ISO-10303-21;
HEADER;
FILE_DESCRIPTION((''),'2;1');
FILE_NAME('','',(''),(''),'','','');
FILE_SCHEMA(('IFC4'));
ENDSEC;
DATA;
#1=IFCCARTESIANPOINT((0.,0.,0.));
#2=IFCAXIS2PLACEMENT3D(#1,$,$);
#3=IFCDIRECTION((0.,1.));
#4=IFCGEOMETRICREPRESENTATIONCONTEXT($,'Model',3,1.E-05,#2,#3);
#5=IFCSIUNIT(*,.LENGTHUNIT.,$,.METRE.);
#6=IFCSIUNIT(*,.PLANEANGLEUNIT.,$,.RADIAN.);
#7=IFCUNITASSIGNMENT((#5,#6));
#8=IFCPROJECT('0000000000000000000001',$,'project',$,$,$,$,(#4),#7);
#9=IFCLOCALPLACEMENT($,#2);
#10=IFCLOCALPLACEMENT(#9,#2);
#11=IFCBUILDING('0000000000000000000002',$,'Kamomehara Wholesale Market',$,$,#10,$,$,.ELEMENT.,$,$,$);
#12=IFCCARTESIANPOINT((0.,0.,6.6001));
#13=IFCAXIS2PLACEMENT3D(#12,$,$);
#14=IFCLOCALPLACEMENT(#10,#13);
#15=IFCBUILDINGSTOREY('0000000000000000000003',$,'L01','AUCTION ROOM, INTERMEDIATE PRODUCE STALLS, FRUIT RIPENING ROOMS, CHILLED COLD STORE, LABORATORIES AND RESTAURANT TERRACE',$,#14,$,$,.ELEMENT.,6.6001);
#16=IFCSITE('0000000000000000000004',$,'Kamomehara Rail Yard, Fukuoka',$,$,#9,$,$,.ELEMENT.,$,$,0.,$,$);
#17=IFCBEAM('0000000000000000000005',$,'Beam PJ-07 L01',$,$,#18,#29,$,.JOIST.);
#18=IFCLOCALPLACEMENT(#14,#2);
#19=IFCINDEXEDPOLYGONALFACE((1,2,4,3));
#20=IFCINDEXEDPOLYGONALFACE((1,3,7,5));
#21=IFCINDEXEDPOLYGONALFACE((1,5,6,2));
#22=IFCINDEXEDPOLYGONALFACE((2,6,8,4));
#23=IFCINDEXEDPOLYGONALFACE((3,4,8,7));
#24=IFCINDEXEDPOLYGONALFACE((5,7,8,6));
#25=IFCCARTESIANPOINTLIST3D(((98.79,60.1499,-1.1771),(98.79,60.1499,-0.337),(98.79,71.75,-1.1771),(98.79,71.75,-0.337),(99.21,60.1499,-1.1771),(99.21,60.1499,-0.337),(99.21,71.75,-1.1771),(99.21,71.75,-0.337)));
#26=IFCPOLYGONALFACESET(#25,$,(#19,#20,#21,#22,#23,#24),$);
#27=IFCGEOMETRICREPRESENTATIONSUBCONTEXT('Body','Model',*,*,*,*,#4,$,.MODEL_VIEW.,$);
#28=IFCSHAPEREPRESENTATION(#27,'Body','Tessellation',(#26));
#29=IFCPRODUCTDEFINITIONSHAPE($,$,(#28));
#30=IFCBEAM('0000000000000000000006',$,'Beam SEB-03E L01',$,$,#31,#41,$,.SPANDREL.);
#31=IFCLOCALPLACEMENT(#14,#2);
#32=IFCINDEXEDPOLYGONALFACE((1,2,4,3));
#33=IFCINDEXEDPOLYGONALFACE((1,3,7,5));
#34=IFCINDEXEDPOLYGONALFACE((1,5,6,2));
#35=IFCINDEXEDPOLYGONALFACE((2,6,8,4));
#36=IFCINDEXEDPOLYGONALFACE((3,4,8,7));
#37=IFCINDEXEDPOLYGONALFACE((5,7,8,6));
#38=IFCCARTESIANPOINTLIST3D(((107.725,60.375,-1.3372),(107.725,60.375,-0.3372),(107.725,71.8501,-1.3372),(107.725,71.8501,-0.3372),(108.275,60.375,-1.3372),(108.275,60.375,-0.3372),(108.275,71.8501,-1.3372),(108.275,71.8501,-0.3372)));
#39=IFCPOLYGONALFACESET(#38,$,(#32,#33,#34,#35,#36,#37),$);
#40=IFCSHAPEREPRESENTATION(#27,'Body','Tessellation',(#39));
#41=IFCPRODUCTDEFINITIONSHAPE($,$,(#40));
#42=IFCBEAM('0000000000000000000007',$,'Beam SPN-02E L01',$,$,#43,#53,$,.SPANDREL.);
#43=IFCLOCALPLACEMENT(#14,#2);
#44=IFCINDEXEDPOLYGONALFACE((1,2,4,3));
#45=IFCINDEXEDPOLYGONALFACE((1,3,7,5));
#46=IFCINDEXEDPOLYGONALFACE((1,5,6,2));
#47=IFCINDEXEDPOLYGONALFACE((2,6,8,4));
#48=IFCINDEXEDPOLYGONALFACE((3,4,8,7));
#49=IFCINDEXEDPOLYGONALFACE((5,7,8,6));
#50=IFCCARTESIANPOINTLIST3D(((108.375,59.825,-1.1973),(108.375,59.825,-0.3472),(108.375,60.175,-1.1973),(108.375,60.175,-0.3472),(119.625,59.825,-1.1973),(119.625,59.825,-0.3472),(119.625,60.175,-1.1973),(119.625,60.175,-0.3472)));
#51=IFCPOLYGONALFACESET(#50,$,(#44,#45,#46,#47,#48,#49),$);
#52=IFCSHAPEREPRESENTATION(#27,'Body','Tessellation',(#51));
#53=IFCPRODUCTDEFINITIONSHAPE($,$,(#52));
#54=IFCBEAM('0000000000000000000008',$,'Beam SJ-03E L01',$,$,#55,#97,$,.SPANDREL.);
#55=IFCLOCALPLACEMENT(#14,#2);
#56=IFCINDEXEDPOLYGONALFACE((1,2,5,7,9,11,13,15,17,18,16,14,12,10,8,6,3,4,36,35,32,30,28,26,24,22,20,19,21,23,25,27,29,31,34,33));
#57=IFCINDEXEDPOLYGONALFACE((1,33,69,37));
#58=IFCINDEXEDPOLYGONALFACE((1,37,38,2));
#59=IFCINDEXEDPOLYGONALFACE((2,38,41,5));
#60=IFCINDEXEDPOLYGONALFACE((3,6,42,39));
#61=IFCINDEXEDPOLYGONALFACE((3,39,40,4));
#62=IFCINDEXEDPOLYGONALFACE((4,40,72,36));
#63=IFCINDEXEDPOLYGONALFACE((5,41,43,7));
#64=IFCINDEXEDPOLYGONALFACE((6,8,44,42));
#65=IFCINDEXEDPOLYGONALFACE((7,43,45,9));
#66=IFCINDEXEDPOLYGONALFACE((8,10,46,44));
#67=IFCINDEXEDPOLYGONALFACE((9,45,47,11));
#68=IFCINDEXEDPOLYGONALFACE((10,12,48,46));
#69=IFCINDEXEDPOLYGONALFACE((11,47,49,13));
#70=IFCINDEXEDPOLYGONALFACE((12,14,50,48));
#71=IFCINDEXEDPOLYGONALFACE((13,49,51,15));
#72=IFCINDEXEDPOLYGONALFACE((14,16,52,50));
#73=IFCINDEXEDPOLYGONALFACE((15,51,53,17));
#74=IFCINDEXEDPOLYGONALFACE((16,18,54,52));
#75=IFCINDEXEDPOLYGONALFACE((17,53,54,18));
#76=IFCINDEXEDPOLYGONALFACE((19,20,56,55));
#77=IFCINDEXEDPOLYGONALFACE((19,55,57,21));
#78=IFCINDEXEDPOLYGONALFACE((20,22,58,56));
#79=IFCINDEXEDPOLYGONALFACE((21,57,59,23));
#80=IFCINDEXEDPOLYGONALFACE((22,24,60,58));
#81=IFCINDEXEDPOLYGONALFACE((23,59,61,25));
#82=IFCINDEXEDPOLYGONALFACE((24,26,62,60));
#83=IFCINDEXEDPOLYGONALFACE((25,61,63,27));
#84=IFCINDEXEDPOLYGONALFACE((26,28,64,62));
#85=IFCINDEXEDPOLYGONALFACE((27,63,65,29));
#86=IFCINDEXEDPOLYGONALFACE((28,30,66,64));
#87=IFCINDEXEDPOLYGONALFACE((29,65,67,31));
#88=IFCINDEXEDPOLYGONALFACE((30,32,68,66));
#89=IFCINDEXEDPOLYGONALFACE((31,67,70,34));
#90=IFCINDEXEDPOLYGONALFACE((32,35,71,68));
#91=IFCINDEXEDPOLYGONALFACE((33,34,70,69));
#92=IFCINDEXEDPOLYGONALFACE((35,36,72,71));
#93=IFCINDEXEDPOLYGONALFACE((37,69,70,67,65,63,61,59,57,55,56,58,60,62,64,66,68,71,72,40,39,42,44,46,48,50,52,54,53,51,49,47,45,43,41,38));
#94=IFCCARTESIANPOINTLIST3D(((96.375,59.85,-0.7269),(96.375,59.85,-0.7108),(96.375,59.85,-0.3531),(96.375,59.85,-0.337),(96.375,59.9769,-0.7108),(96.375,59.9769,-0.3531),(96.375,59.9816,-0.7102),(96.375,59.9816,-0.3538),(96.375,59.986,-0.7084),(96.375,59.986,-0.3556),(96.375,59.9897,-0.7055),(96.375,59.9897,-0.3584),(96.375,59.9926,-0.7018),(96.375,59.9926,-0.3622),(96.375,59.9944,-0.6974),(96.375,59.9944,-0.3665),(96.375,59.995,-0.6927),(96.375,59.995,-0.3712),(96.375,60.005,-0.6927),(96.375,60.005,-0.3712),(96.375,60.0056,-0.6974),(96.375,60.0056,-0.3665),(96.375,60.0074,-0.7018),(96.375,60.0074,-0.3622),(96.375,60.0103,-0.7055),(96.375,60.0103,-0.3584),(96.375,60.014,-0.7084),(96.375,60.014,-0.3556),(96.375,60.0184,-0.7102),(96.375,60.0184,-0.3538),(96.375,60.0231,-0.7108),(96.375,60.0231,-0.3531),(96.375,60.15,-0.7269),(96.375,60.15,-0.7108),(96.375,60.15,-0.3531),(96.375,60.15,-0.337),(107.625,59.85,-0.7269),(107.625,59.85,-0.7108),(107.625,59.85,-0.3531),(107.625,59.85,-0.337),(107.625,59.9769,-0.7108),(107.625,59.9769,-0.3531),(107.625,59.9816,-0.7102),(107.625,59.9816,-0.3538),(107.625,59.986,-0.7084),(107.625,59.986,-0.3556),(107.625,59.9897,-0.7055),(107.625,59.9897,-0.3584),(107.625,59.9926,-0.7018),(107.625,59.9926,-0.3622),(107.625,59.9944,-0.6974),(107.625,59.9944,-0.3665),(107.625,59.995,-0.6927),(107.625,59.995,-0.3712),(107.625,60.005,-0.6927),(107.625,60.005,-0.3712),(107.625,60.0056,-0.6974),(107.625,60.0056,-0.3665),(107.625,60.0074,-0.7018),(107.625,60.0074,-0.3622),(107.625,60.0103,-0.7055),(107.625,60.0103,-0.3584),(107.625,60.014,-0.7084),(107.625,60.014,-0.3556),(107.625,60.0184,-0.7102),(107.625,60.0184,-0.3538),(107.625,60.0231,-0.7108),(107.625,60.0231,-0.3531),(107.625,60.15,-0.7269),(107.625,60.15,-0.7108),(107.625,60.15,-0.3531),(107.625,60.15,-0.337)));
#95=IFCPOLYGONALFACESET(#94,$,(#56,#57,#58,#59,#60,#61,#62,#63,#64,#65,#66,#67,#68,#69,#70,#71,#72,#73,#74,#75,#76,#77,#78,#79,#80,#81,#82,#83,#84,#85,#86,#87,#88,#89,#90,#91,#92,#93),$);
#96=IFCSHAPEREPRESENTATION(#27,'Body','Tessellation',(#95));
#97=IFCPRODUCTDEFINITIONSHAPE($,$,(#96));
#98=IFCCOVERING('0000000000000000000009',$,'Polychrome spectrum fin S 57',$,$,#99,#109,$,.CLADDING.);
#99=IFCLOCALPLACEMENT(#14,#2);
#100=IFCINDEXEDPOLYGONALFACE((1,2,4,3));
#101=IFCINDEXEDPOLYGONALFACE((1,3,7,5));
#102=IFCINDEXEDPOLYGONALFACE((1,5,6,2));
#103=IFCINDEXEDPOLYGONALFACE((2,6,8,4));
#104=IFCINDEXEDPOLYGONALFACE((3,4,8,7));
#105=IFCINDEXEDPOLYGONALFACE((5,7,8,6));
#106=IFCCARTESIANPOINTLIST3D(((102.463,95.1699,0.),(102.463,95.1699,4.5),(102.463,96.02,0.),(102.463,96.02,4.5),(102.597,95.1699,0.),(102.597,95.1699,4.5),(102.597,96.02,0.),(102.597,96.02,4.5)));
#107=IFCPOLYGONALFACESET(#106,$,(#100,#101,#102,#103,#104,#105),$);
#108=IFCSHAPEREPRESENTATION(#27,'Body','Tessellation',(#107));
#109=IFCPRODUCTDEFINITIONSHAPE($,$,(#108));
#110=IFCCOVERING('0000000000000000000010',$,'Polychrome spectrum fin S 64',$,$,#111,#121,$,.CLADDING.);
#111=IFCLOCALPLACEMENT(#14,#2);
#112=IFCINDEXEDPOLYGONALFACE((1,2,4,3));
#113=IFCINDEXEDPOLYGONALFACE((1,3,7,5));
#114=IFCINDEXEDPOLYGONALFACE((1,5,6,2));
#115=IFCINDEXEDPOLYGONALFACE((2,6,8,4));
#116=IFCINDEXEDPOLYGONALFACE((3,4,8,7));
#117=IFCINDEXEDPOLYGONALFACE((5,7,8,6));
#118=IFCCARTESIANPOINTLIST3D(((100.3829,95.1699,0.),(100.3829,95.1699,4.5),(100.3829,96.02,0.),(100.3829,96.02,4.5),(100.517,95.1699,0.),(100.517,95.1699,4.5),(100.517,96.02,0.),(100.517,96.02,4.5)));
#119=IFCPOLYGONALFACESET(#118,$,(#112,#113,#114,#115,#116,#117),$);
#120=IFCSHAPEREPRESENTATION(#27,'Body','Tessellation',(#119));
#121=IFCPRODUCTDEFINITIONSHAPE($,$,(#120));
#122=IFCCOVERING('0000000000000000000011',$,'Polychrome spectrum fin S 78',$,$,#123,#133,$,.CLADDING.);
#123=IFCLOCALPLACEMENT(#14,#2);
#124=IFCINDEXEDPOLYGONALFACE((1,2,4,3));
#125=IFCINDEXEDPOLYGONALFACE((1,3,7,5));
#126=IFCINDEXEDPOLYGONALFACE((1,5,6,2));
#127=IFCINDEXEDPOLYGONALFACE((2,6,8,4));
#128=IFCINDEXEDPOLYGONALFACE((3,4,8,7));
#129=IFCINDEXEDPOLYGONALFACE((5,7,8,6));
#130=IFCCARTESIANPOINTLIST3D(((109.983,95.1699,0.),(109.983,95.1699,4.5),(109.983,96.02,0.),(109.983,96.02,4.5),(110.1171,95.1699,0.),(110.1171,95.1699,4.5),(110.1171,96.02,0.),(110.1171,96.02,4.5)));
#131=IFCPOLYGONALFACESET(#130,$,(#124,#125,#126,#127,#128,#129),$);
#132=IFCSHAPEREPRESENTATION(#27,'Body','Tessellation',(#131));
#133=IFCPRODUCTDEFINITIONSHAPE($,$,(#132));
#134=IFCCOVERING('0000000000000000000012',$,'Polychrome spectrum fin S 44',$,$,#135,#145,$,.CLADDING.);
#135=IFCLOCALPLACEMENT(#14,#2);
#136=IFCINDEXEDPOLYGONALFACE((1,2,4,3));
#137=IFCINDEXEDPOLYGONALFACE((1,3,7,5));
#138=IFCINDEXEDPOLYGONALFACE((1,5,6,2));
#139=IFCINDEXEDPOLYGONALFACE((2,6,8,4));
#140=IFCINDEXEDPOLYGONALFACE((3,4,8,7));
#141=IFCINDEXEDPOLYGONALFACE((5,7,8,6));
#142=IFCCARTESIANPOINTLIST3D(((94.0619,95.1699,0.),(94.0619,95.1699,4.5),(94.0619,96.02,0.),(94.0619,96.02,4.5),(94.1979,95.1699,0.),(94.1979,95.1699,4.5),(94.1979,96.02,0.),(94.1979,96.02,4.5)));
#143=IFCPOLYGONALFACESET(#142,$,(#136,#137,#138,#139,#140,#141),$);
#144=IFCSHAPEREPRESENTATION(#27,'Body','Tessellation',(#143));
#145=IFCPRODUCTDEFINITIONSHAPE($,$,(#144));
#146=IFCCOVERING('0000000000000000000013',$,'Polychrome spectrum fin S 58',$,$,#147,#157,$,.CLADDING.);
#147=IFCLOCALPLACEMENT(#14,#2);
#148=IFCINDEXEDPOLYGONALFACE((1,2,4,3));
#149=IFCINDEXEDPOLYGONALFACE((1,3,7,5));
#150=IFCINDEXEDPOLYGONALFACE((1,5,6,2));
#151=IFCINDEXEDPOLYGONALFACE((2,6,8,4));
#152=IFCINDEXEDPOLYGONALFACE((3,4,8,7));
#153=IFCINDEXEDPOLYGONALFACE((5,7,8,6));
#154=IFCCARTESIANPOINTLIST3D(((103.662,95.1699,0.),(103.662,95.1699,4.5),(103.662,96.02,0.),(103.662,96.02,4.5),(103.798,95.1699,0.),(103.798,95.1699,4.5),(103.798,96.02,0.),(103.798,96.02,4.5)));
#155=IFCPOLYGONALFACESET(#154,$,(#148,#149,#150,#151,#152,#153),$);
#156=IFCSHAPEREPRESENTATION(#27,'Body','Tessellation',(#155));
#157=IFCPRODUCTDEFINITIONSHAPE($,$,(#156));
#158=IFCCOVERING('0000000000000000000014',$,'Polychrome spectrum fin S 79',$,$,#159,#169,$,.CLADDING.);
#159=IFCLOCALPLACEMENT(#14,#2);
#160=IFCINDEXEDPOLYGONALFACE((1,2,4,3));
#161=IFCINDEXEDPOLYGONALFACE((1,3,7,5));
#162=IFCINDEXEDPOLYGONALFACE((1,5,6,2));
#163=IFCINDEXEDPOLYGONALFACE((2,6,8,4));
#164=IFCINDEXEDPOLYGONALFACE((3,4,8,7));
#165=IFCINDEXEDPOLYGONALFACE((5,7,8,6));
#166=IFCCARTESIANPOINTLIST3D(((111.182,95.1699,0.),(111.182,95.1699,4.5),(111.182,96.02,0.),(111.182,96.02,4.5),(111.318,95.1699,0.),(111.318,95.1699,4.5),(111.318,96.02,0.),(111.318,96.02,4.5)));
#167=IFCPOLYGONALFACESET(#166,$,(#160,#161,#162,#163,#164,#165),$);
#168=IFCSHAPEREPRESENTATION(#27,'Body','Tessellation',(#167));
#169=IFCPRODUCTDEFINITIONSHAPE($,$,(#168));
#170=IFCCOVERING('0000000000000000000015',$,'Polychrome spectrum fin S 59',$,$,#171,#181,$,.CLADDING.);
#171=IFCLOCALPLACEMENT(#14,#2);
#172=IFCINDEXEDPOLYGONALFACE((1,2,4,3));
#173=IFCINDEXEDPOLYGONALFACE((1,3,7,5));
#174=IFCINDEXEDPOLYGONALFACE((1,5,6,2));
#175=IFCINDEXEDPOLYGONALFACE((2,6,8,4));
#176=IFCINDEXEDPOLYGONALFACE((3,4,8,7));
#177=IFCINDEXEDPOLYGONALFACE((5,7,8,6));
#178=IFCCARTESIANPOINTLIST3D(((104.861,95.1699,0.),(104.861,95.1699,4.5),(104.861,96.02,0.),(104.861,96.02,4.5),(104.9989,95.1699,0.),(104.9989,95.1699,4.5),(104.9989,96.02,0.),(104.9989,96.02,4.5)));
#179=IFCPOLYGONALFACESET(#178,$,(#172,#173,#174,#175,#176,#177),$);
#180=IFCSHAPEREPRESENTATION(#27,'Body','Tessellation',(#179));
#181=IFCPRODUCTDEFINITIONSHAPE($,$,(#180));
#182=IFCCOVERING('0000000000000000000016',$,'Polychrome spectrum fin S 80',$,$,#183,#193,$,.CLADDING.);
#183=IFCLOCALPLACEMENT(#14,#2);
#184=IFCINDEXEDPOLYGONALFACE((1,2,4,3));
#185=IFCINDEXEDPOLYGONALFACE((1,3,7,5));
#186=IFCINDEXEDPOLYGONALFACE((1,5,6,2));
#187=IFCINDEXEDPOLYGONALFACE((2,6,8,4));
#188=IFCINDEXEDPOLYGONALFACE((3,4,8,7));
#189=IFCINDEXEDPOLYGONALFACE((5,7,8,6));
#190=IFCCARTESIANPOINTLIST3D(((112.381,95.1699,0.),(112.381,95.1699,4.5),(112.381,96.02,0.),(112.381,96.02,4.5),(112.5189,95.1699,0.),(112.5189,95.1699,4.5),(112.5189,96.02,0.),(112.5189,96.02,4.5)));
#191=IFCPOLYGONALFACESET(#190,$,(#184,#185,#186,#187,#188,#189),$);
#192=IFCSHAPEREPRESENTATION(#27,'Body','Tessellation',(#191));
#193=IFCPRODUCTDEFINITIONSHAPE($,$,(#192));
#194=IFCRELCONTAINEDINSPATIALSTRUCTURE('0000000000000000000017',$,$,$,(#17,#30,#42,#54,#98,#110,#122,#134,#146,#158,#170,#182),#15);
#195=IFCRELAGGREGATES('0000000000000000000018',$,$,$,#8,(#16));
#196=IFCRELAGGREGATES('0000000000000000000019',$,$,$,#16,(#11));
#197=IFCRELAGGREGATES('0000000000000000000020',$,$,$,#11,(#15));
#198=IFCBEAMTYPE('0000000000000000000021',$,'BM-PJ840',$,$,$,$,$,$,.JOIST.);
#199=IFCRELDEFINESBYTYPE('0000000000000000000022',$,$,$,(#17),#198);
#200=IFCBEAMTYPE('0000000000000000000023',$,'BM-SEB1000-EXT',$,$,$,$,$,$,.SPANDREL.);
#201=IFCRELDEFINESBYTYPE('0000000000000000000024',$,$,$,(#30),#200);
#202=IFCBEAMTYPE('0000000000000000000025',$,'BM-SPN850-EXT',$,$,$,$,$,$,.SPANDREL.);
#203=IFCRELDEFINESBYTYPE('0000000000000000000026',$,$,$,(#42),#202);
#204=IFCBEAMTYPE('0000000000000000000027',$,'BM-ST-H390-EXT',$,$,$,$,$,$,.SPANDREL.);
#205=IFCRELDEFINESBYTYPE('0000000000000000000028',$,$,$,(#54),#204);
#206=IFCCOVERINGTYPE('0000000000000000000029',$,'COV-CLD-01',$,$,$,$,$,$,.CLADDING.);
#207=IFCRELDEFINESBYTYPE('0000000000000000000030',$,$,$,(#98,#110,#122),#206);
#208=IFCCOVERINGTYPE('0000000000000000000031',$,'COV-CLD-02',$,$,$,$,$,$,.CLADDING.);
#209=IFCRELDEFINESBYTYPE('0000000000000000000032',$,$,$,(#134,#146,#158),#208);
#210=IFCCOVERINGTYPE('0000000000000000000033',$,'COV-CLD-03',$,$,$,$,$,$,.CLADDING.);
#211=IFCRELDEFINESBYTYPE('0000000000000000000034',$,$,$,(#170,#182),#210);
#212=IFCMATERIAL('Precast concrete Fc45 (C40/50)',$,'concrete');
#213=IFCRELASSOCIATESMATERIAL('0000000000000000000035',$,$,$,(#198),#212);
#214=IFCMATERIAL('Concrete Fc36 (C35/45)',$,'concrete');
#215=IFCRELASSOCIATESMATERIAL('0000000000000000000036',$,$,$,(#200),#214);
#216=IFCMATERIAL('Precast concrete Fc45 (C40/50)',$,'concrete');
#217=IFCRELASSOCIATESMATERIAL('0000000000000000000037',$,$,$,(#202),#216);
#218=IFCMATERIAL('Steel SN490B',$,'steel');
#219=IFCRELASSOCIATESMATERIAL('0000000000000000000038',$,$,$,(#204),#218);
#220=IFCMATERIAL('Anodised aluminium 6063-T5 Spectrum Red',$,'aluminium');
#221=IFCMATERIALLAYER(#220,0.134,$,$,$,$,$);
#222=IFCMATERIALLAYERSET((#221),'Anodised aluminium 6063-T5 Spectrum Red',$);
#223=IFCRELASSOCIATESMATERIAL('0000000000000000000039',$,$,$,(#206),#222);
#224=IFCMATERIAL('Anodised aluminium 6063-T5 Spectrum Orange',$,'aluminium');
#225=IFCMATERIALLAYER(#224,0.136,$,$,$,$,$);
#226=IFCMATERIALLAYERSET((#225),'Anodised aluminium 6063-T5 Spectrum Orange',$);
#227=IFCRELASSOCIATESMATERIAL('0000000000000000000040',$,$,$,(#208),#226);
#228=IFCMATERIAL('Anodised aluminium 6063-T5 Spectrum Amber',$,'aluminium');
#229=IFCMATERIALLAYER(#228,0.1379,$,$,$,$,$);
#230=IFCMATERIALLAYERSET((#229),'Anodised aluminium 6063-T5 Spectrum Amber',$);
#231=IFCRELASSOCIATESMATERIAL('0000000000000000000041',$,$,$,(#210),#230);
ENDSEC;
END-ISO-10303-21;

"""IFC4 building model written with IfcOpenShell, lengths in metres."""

from ifc_helpers import new_model, si_unit, direction, frame, origin, origin_2d, place, context, subcontext, project, spatial, rectangle, i_section, extrude, material, layer, layer_set, material_profile, profile_set, type_object, element, save


model = new_model("IFC4")

# Units and contexts
model_context = context("Model", 3, precision=1e-05, world=origin(), true_north=direction((0.0, 1.0)))
body_context = subcontext(model_context, "Body", "Model", "MODEL_VIEW")
ifc_project = project(units=[si_unit("LENGTHUNIT", "METRE"), si_unit("PLANEANGLEUNIT", "RADIAN")], contexts=[model_context])

# Site, building, storey
site_placement = place(None, origin())
site = spatial("IfcSite", under=ifc_project, at=site_placement, Name="Kamomehara Rail Yard, Fukuoka", CompositionType="ELEMENT", RefElevation=0.0)
building_placement = place(site_placement, origin())
building = spatial("IfcBuilding", under=site, at=building_placement, Name="Kamomehara Wholesale Market", CompositionType="ELEMENT")
storey_placement = place(building_placement, frame((0.0, 0.0, 6.6001)))
storey = spatial("IfcBuildingStorey", under=building, at=storey_placement, Name="L01", Description="AUCTION ROOM, INTERMEDIATE PRODUCE STALLS, FRUIT RIPENING ROOMS, CHILLED COLD STORE, LABORATORIES AND RESTAURANT TERRACE", CompositionType="ELEMENT", Elevation=6.6001)

# Beams
ifc_material_1 = material(Name="Precast concrete Fc45 (C40/50)", Category="concrete")
ifc_material_profile_1 = material_profile(ifc_material_1, rectangle(XDim=0.4199, YDim=0.8401, at=origin_2d()), Name="PC-JST-420x840")
ifc_profile_set_1 = profile_set([ifc_material_profile_1], Name="Precast concrete Fc45 (C40/50)")
beam_type_1 = type_object("IfcBeamType", Name="BM-PJ840", PredefinedType="JOIST", material=ifc_profile_set_1)
beam_1_placement = place(storey_placement, frame((99.0, 60.1499, -0.7571), z_axis=(0.0, 1.0, 0.0), x_axis=(-1.0, 0.0, 0.0)))
element("IfcBeam", 1, at=beam_1_placement, inside=storey, type_object=beam_type_1, Name="Beam PJ-07 L01", PredefinedType="JOIST", context=body_context, shape_type="SweptSolid", body=[
    extrude(rectangle(XDim=0.4199, YDim=0.8401, at=origin_2d()), origin(), (0.0, 0.0, 1.0), 11.6001),
])
ifc_material_2 = material(Name="Concrete Fc36 (C35/45)", Category="concrete")
ifc_material_profile_2 = material_profile(ifc_material_2, rectangle(XDim=0.55, YDim=1.0, at=origin_2d()), Name="RC-SEB-550x1000")
ifc_profile_set_2 = profile_set([ifc_material_profile_2], Name="Concrete Fc36 (C35/45)")
beam_type_2 = type_object("IfcBeamType", Name="BM-SEB1000-EXT", PredefinedType="SPANDREL", material=ifc_profile_set_2)
beam_2_placement = place(storey_placement, frame((108.0, 60.375, -0.8372), z_axis=(0.0, 1.0, 0.0), x_axis=(-1.0, 0.0, 0.0)))
element("IfcBeam", 2, at=beam_2_placement, inside=storey, type_object=beam_type_2, Name="Beam SEB-03E L01", PredefinedType="SPANDREL", context=body_context, shape_type="SweptSolid", body=[
    extrude(rectangle(XDim=0.55, YDim=1.0, at=origin_2d()), origin(), (0.0, 0.0, 1.0), 11.4751),
])
ifc_material_3 = material(Name="Precast concrete Fc45 (C40/50)", Category="concrete")
ifc_material_profile_3 = material_profile(ifc_material_3, rectangle(XDim=0.3501, YDim=0.8501, at=origin_2d()), Name="PC-SPN-350x850")
ifc_profile_set_3 = profile_set([ifc_material_profile_3], Name="Precast concrete Fc45 (C40/50)")
beam_type_3 = type_object("IfcBeamType", Name="BM-SPN850-EXT", PredefinedType="SPANDREL", material=ifc_profile_set_3)
beam_3_placement = place(storey_placement, frame((108.375, 60.0, -0.7722), z_axis=(1.0, 0.0, 0.0), x_axis=(0.0, 1.0, 0.0)))
element("IfcBeam", 3, at=beam_3_placement, inside=storey, type_object=beam_type_3, Name="Beam SPN-02E L01", PredefinedType="SPANDREL", context=body_context, shape_type="SweptSolid", body=[
    extrude(rectangle(XDim=0.3501, YDim=0.8501, at=origin_2d()), origin(), (0.0, 0.0, 1.0), 11.25),
])
ifc_material_4 = material(Name="Steel SN490B", Category="steel")
ifc_material_profile_4 = material_profile(ifc_material_4, i_section(OverallWidth=0.3, OverallDepth=0.3899, WebThickness=0.01, FlangeThickness=0.0161, FilletRadius=0.0181, at=origin_2d()), Name="H-390x300x10x16")
ifc_profile_set_4 = profile_set([ifc_material_profile_4], Name="Steel SN490B")
beam_type_4 = type_object("IfcBeamType", Name="BM-ST-H390-EXT", PredefinedType="SPANDREL", material=ifc_profile_set_4)
beam_4_placement = place(storey_placement, frame((96.375, 60.0, -0.532), z_axis=(1.0, 0.0, 0.0), x_axis=(0.0, 1.0, 0.0)))
element("IfcBeam", 4, at=beam_4_placement, inside=storey, type_object=beam_type_4, Name="Beam SJ-03E L01", PredefinedType="SPANDREL", context=body_context, shape_type="SweptSolid", body=[
    extrude(i_section(OverallWidth=0.3, OverallDepth=0.3899, WebThickness=0.01, FlangeThickness=0.0161, FilletRadius=0.0181, at=origin_2d()), origin(), (0.0, 0.0, 1.0), 11.25),
])

# Coverings
ifc_material_5 = material(Name="Anodised aluminium 6063-T5 Spectrum Red", Category="aluminium")
ifc_layer_1 = layer(ifc_material_5, 0.134)
ifc_layer_set_1 = layer_set([ifc_layer_1], Name="Anodised aluminium 6063-T5 Spectrum Red")
covering_type_1 = type_object("IfcCoveringType", Name="COV-CLD-01", PredefinedType="CLADDING", material=ifc_layer_set_1)
for number, where, z_axis, x_axis, name in (
    (5, (102.53, 95.595, 0.0), (0.0, 0.0, 1.0), (1.0, 0.0, 0.0), "Polychrome spectrum fin S 57"),
    (6, (100.45, 95.595, 0.0), (0.0, 0.0, 1.0), (1.0, 0.0, 0.0), "Polychrome spectrum fin S 64"),
    (7, (110.05, 95.595, 0.0), (0.0, 0.0, 1.0), (1.0, 0.0, 0.0), "Polychrome spectrum fin S 78"),
):
    element("IfcCovering", number, at=place(storey_placement, frame(where, z_axis=z_axis, x_axis=x_axis)), inside=storey, type_object=covering_type_1, Name=name, PredefinedType="CLADDING", context=body_context, shape_type="SweptSolid", body=[
        extrude(rectangle(XDim=0.134, YDim=0.8501, at=origin_2d()), origin(), (0.0, 0.0, 1.0), 4.5),
    ])
ifc_material_6 = material(Name="Anodised aluminium 6063-T5 Spectrum Orange", Category="aluminium")
ifc_layer_2 = layer(ifc_material_6, 0.136)
ifc_layer_set_2 = layer_set([ifc_layer_2], Name="Anodised aluminium 6063-T5 Spectrum Orange")
covering_type_2 = type_object("IfcCoveringType", Name="COV-CLD-02", PredefinedType="CLADDING", material=ifc_layer_set_2)
for number, where, z_axis, x_axis, name in (
    (8, (94.1299, 95.595, 0.0), (0.0, 0.0, 1.0), (1.0, 0.0, 0.0), "Polychrome spectrum fin S 44"),
    (9, (103.73, 95.595, 0.0), (0.0, 0.0, 1.0), (1.0, 0.0, 0.0), "Polychrome spectrum fin S 58"),
    (10, (111.25, 95.595, 0.0), (0.0, 0.0, 1.0), (1.0, 0.0, 0.0), "Polychrome spectrum fin S 79"),
):
    element("IfcCovering", number, at=place(storey_placement, frame(where, z_axis=z_axis, x_axis=x_axis)), inside=storey, type_object=covering_type_2, Name=name, PredefinedType="CLADDING", context=body_context, shape_type="SweptSolid", body=[
        extrude(rectangle(XDim=0.136, YDim=0.8501, at=origin_2d()), origin(), (0.0, 0.0, 1.0), 4.5),
    ])
ifc_material_7 = material(Name="Anodised aluminium 6063-T5 Spectrum Amber", Category="aluminium")
ifc_layer_3 = layer(ifc_material_7, 0.1379)
ifc_layer_set_3 = layer_set([ifc_layer_3], Name="Anodised aluminium 6063-T5 Spectrum Amber")
covering_type_3 = type_object("IfcCoveringType", Name="COV-CLD-03", PredefinedType="CLADDING", material=ifc_layer_set_3)
for number, where, z_axis, x_axis, name in (
    (11, (104.9299, 95.595, 0.0), (0.0, 0.0, 1.0), (1.0, 0.0, 0.0), "Polychrome spectrum fin S 59"),
    (12, (112.45, 95.595, 0.0), (0.0, 0.0, 1.0), (1.0, 0.0, 0.0), "Polychrome spectrum fin S 80"),
):
    element("IfcCovering", number, at=place(storey_placement, frame(where, z_axis=z_axis, x_axis=x_axis)), inside=storey, type_object=covering_type_3, Name=name, PredefinedType="CLADDING", context=body_context, shape_type="SweptSolid", body=[
        extrude(rectangle(XDim=0.1379, YDim=0.8501, at=origin_2d()), origin(), (0.0, 0.0, 1.0), 4.5),
    ])

save(model, "model.ifc")
